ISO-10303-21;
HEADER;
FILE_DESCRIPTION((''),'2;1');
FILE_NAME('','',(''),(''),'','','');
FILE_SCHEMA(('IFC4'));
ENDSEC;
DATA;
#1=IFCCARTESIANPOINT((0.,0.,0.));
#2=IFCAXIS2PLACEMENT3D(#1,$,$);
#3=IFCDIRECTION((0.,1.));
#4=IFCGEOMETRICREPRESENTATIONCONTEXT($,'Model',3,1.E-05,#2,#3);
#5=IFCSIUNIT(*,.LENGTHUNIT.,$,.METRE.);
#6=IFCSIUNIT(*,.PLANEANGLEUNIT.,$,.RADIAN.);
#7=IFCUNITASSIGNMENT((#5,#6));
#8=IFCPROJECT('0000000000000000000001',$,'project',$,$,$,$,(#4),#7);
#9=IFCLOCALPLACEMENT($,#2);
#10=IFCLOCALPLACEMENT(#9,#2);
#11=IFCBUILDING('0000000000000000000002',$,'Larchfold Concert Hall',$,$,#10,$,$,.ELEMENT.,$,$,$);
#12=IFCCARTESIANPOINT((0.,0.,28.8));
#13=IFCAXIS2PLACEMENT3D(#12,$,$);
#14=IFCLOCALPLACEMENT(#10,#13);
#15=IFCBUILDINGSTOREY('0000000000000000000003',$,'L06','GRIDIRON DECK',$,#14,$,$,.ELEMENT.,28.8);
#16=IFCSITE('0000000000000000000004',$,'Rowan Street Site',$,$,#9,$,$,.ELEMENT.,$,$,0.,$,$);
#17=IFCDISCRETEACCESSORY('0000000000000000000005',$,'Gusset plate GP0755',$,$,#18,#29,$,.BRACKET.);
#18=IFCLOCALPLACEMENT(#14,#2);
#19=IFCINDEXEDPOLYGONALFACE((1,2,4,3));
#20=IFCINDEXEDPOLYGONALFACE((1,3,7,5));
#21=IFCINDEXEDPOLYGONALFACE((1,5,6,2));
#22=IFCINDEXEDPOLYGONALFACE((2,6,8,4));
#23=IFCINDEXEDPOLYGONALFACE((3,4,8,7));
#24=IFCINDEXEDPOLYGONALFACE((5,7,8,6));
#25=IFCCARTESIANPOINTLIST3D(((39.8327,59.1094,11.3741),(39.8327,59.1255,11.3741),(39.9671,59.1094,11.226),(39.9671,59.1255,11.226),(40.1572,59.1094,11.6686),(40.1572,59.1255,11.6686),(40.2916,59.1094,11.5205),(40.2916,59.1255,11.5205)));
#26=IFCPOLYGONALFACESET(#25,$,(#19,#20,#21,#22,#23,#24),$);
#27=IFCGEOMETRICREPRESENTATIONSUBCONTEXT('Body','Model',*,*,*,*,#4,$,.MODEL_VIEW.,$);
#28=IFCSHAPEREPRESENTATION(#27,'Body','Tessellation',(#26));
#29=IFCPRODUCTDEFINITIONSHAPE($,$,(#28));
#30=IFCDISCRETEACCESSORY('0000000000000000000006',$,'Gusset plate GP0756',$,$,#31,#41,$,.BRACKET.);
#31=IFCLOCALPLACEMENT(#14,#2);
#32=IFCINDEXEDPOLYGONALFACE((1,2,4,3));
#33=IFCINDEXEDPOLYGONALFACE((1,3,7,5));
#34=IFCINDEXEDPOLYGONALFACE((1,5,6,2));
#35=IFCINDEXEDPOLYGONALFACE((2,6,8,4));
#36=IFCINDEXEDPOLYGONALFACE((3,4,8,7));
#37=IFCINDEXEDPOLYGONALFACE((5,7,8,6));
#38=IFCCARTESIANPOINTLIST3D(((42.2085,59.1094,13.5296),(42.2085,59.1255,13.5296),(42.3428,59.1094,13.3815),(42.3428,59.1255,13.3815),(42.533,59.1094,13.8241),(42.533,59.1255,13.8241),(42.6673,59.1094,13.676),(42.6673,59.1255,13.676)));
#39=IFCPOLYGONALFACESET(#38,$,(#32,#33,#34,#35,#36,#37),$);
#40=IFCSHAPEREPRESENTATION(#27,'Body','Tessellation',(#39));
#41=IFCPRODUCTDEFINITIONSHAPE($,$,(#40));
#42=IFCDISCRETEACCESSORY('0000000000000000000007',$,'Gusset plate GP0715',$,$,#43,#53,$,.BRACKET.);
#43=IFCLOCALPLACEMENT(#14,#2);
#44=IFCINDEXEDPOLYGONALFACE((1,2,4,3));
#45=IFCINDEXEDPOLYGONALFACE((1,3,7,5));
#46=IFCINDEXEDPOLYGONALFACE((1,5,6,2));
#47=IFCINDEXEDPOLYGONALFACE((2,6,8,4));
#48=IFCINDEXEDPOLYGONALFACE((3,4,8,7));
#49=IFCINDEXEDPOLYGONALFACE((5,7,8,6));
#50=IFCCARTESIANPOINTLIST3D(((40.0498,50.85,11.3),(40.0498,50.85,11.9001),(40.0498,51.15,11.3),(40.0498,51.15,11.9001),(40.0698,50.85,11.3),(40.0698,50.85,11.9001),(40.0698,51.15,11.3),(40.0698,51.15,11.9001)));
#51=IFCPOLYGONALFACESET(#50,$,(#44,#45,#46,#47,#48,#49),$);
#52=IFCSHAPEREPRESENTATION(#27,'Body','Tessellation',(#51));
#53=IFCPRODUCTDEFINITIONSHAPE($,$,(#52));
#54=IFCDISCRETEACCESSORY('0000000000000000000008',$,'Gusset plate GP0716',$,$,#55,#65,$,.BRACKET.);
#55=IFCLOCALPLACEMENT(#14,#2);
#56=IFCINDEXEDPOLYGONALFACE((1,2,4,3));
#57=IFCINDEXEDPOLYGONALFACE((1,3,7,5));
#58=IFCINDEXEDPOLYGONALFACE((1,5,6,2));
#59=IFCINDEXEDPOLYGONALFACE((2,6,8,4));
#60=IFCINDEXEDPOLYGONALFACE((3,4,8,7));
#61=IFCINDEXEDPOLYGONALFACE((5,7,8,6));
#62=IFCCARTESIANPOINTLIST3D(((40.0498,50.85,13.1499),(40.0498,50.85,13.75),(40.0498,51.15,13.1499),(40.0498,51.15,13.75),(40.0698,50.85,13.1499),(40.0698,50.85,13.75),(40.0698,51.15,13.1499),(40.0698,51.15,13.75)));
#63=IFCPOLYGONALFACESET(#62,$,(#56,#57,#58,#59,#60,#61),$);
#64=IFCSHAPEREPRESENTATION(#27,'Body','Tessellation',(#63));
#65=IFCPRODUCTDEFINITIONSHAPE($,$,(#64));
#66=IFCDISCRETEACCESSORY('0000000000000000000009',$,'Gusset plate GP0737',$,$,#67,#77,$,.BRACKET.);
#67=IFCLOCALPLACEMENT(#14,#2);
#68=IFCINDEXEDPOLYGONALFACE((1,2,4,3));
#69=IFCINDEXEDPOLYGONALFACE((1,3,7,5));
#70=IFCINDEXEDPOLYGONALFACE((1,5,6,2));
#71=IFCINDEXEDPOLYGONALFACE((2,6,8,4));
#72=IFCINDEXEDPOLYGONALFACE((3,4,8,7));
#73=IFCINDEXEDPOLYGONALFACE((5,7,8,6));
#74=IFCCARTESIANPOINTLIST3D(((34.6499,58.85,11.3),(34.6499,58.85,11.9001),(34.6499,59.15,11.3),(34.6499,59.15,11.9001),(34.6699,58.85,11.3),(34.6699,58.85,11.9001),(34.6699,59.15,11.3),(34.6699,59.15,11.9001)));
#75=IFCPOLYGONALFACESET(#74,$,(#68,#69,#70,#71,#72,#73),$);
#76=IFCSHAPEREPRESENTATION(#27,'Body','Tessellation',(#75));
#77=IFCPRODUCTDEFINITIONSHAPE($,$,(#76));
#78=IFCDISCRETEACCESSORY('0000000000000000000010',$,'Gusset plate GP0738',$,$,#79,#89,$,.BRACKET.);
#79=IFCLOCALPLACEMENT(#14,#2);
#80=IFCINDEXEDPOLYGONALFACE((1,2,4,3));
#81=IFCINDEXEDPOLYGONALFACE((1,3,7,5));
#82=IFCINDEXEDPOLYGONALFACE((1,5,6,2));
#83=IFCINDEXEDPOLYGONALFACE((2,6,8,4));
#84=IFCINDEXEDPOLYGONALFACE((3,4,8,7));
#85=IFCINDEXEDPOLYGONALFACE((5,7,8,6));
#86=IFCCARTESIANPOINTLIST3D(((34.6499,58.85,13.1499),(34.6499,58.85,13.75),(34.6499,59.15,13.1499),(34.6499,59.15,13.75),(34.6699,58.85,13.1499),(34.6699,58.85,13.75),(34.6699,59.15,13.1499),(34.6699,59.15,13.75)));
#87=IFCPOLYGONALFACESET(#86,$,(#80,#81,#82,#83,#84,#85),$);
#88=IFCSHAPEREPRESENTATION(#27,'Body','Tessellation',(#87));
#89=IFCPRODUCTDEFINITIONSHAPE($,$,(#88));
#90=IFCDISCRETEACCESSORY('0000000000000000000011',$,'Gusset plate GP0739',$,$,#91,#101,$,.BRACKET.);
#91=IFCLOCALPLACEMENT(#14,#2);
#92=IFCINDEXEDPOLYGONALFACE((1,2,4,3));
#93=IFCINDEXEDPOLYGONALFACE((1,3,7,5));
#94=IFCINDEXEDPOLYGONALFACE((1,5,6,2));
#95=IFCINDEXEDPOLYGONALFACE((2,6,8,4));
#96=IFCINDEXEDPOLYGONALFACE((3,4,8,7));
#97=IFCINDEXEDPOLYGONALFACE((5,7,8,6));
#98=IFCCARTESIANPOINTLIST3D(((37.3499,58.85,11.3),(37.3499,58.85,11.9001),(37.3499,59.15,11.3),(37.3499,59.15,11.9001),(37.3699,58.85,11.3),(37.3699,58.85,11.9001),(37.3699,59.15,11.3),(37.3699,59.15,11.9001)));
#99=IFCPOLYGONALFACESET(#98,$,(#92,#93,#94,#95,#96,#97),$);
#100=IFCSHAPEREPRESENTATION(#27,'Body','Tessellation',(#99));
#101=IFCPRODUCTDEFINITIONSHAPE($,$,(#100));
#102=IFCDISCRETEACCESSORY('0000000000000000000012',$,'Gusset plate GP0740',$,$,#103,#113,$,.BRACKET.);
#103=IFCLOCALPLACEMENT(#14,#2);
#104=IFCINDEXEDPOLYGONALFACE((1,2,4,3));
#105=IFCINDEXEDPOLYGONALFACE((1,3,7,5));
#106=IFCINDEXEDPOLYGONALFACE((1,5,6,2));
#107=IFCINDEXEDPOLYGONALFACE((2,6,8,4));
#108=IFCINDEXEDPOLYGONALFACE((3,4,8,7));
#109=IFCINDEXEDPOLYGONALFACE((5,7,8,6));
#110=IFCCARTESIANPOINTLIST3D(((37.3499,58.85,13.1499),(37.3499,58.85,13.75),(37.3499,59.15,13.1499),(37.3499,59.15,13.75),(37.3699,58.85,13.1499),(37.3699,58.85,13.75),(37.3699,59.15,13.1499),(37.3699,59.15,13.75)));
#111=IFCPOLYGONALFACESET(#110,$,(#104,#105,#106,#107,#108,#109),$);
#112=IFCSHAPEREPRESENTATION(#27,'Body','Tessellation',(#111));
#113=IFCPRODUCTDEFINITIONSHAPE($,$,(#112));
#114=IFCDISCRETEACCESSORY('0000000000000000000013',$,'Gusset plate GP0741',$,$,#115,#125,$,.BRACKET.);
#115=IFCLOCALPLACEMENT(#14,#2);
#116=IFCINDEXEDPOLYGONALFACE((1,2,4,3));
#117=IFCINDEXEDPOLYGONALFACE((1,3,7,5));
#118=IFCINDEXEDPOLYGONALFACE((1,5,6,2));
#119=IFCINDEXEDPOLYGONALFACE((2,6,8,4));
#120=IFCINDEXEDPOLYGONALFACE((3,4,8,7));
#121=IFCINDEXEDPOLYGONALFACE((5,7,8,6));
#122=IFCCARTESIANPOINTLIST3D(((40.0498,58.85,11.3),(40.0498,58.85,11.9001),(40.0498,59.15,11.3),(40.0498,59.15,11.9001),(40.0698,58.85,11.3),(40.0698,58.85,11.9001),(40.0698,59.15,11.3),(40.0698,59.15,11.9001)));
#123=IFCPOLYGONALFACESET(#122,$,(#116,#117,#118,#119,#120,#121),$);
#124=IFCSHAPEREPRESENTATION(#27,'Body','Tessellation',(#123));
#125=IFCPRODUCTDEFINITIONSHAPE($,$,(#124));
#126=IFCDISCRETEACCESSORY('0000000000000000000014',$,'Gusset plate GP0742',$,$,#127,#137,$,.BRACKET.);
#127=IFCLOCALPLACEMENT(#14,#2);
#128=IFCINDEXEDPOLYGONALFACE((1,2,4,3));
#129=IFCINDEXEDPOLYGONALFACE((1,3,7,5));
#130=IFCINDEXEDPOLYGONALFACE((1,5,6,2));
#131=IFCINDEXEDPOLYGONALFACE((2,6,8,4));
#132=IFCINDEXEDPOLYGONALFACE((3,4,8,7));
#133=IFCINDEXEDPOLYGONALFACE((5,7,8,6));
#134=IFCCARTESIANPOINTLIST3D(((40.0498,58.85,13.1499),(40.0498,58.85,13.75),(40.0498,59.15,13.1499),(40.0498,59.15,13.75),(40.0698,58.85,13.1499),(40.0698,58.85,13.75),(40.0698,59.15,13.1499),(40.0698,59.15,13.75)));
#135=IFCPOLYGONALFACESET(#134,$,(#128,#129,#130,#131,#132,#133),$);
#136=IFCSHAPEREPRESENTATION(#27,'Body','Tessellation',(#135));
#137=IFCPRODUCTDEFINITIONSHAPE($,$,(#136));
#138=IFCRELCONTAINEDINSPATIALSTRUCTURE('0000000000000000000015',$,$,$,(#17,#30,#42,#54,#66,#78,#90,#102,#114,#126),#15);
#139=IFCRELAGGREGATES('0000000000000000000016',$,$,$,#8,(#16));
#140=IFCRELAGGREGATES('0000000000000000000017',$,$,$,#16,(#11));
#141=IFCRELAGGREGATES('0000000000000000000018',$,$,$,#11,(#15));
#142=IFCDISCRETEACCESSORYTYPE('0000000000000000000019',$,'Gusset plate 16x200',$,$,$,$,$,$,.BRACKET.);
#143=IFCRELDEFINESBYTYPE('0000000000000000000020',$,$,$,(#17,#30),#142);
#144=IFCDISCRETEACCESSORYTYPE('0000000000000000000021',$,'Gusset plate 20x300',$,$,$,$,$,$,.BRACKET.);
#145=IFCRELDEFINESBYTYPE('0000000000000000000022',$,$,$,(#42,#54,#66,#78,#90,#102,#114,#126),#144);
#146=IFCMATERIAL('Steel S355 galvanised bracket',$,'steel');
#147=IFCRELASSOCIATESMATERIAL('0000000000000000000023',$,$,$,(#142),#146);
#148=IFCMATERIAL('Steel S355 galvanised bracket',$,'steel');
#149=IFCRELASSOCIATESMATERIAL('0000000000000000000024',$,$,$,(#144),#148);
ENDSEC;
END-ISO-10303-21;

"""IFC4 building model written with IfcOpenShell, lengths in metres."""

from ifc_helpers import new_model, si_unit, direction, frame, origin, origin_2d, place, context, subcontext, project, spatial, rectangle, extrude, material, material_profile, profile_set, type_object, element, save


model = new_model("IFC4")

# Units and contexts
model_context = context("Model", 3, precision=1e-05, world=origin(), true_north=direction((0.0, 1.0)))
body_context = subcontext(model_context, "Body", "Model", "MODEL_VIEW")
ifc_project = project(units=[si_unit("LENGTHUNIT", "METRE"), si_unit("PLANEANGLEUNIT", "RADIAN")], contexts=[model_context])

# Site, building, storey
site_placement = place(None, origin())
site = spatial("IfcSite", under=ifc_project, at=site_placement, Name="Rowan Street Site", CompositionType="ELEMENT", RefElevation=0.0)
building_placement = place(site_placement, origin())
building = spatial("IfcBuilding", under=site, at=building_placement, Name="Larchfold Concert Hall", CompositionType="ELEMENT")
storey_placement = place(building_placement, frame((0.0, 0.0, 28.8)))
storey = spatial("IfcBuildingStorey", under=building, at=storey_placement, Name="L06", Description="GRIDIRON DECK", CompositionType="ELEMENT", Elevation=28.8)

# Discrete accessories
ifc_material_1 = material(Name="Steel S355 galvanised bracket", Category="steel")
ifc_material_profile_1 = material_profile(ifc_material_1, rectangle(XDim=0.0161, YDim=0.2, at=origin_2d()))
ifc_profile_set_1 = profile_set([ifc_material_profile_1], Name="Steel S355 galvanised bracket")
discrete_accessory_type_1 = type_object("IfcDiscreteAccessoryType", Name="Gusset plate 16x200", PredefinedType="BRACKET", material=ifc_profile_set_1)
for number, where, z_axis, x_axis, name in (
    (1, (39.8999, 59.1174, 11.3), (0.740545, 0.0, 0.672007), (0.0, 1.0, 0.0), "Gusset plate GP0755"),
    (2, (42.2756, 59.1174, 13.4556), (0.740545, 0.0, 0.672007), (0.0, 1.0, 0.0), "Gusset plate GP0756"),
):
    element("IfcDiscreteAccessory", number, at=place(storey_placement, frame(where, z_axis=z_axis, x_axis=x_axis)), inside=storey, type_object=discrete_accessory_type_1, Name=name, PredefinedType="BRACKET", context=body_context, shape_type="SweptSolid", body=[
        extrude(rectangle(XDim=0.0161, YDim=0.2, at=origin_2d()), origin(), (0.0, 0.0, 1.0), 0.4382),
    ])
ifc_material_2 = material(Name="Steel S355 galvanised bracket", Category="steel")
ifc_material_profile_2 = material_profile(ifc_material_2, rectangle(XDim=0.02, YDim=0.3, at=origin_2d()))
ifc_profile_set_2 = profile_set([ifc_material_profile_2], Name="Steel S355 galvanised bracket")
discrete_accessory_type_2 = type_object("IfcDiscreteAccessoryType", Name="Gusset plate 20x300", PredefinedType="BRACKET", material=ifc_profile_set_2)
for number, where, z_axis, x_axis, name in (
    (3, (40.0598, 51.0, 11.3), (0.0, 0.0, 1.0), (1.0, 0.0, 0.0), "Gusset plate GP0715"),
    (4, (40.0598, 51.0, 13.1499), (0.0, 0.0, 1.0), (1.0, 0.0, 0.0), "Gusset plate GP0716"),
    (5, (34.6599, 59.0, 11.3), (0.0, 0.0, 1.0), (1.0, 0.0, 0.0), "Gusset plate GP0737"),
    (6, (34.6599, 59.0, 13.1499), (0.0, 0.0, 1.0), (1.0, 0.0, 0.0), "Gusset plate GP0738"),
    (7, (37.3599, 59.0, 11.3), (0.0, 0.0, 1.0), (1.0, 0.0, 0.0), "Gusset plate GP0739"),
    (8, (37.3599, 59.0, 13.1499), (0.0, 0.0, 1.0), (1.0, 0.0, 0.0), "Gusset plate GP0740"),
    (9, (40.0598, 59.0, 11.3), (0.0, 0.0, 1.0), (1.0, 0.0, 0.0), "Gusset plate GP0741"),
    (10, (40.0598, 59.0, 13.1499), (0.0, 0.0, 1.0), (1.0, 0.0, 0.0), "Gusset plate GP0742"),
):
    element("IfcDiscreteAccessory", number, at=place(storey_placement, frame(where, z_axis=z_axis, x_axis=x_axis)), inside=storey, type_object=discrete_accessory_type_2, Name=name, PredefinedType="BRACKET", context=body_context, shape_type="SweptSolid", body=[
        extrude(rectangle(XDim=0.02, YDim=0.3, at=origin_2d()), origin(), (0.0, 0.0, 1.0), 0.6001),
    ])

save(model, "model.ifc")
